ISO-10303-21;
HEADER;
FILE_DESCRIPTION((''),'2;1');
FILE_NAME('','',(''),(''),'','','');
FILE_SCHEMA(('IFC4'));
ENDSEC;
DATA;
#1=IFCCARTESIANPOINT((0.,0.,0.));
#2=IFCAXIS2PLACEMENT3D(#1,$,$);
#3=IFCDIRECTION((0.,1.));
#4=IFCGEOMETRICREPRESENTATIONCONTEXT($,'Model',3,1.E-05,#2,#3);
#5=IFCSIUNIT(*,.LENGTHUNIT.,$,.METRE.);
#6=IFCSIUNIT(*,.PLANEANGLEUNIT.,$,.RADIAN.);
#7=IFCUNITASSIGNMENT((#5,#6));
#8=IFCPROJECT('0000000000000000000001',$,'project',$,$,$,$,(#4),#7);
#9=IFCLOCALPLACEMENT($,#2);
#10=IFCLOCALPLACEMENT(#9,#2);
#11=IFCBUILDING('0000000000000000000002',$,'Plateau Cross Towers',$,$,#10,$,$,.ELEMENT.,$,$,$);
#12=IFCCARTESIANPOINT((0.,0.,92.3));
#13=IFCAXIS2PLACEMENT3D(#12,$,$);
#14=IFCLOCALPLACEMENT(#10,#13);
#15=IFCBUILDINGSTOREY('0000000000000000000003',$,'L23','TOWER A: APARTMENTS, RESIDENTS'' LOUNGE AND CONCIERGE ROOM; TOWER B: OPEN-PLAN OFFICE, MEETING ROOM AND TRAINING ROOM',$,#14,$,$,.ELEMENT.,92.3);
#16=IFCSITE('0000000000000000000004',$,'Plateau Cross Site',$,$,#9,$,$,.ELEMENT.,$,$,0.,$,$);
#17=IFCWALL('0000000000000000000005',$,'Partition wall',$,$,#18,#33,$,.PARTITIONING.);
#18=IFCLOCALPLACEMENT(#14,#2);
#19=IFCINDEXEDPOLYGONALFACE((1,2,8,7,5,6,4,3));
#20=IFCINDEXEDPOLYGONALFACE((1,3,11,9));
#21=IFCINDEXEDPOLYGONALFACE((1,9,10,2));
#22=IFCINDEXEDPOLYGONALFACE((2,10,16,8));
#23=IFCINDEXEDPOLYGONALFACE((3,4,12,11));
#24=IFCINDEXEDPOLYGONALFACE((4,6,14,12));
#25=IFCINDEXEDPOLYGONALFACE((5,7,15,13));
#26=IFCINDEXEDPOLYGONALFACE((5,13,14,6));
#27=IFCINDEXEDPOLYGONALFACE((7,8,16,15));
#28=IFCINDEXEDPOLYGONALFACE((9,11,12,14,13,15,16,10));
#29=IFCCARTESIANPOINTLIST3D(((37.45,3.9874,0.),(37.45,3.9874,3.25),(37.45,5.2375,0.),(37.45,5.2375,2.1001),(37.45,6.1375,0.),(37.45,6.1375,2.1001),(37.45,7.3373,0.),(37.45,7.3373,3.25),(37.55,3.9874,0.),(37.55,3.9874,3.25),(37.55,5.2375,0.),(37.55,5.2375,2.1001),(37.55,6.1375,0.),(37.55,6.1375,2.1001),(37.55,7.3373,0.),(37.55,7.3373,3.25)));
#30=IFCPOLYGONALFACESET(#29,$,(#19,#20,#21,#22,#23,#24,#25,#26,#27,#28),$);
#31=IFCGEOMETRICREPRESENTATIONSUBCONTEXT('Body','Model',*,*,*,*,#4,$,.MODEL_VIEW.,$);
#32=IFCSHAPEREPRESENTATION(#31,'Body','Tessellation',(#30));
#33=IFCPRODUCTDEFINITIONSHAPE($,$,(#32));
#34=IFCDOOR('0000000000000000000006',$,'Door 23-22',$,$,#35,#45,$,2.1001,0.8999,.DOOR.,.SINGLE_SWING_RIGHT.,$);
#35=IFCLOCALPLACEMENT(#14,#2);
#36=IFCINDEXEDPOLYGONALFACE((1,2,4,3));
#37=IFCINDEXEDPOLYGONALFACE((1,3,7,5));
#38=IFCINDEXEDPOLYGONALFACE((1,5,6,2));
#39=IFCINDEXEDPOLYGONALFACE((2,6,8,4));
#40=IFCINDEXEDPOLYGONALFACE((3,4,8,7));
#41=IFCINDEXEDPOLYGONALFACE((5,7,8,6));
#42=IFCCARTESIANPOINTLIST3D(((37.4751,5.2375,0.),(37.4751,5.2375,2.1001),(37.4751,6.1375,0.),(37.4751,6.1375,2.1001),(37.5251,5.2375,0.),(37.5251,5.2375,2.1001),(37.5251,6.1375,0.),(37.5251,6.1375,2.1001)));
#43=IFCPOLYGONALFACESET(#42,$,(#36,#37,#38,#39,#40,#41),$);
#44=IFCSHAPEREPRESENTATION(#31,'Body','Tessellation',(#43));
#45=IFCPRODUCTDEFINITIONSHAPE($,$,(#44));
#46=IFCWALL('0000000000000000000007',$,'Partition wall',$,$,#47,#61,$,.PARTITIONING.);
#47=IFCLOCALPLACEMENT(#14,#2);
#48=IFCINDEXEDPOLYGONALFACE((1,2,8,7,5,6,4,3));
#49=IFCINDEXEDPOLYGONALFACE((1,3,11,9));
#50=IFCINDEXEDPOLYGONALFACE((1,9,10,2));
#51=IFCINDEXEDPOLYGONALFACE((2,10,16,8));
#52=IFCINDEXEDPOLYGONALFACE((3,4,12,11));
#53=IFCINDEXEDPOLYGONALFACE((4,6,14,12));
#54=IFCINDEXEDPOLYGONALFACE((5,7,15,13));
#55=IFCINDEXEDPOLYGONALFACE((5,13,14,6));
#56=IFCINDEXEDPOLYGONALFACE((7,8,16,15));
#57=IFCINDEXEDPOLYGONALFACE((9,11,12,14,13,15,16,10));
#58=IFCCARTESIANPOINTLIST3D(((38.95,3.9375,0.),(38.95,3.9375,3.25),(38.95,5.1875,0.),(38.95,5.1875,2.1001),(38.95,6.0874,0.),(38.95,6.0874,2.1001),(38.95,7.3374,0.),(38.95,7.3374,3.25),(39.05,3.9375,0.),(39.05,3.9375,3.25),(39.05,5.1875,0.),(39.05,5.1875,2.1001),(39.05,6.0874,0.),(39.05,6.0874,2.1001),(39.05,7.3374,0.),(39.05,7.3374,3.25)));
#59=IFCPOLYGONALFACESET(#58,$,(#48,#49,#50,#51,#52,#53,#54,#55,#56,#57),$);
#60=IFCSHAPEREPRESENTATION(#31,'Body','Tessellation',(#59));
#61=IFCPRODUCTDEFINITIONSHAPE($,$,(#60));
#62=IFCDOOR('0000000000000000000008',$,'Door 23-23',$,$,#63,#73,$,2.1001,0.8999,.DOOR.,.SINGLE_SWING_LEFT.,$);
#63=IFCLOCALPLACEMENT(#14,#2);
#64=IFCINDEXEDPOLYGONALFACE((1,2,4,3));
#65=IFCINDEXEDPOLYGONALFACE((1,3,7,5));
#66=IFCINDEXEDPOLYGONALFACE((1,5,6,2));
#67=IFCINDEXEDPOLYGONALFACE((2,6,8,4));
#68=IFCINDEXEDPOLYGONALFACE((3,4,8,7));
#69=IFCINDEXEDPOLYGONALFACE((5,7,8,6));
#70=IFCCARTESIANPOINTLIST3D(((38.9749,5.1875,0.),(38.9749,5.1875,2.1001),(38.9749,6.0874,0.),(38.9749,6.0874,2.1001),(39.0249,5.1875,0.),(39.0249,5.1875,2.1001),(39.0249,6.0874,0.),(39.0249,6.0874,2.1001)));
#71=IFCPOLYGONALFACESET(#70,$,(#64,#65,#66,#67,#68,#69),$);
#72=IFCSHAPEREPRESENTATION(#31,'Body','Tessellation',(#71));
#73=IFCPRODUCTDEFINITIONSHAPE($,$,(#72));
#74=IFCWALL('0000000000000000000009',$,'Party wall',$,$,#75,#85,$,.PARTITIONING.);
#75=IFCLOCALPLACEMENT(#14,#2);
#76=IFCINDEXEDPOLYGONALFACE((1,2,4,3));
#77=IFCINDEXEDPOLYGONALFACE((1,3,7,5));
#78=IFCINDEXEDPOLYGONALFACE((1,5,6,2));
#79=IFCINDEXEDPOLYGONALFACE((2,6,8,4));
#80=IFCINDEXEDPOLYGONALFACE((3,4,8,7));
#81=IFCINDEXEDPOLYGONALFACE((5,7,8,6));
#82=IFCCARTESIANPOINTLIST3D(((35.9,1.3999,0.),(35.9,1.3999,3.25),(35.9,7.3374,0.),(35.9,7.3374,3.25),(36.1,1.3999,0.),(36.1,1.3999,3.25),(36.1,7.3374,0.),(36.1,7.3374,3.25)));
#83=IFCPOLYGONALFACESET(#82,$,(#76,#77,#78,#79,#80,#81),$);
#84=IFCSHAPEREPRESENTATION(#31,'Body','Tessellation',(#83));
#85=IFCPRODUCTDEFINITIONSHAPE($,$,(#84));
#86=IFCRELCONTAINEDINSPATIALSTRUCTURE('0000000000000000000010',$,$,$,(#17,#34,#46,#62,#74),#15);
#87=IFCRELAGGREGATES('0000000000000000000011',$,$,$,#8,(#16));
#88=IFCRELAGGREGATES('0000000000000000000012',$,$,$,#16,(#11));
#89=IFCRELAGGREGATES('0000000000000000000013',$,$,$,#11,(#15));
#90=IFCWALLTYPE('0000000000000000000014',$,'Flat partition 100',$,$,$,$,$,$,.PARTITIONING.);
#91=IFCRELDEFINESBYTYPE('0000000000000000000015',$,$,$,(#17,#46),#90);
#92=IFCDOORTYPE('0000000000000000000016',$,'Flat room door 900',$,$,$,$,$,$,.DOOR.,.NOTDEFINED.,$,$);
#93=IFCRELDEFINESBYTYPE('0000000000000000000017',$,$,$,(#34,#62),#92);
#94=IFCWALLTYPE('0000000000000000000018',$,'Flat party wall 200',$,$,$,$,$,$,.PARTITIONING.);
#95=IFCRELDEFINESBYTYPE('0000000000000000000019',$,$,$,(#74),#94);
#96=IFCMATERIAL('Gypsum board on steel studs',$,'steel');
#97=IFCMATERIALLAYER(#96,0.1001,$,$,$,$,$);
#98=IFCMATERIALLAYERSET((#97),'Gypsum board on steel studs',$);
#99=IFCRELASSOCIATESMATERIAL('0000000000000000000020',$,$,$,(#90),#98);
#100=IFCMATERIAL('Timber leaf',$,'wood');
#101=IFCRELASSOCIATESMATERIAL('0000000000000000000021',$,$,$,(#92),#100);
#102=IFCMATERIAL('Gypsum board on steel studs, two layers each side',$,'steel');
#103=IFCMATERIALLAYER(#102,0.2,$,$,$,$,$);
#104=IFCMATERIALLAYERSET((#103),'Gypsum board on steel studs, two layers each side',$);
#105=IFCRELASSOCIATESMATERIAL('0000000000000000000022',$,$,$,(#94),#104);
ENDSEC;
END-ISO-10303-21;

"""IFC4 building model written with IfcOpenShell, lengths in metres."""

from ifc_helpers import new_model, si_unit, direction, frame, frame_2d, origin, place, context, subcontext, project, spatial, rectangle, extrude, material, layer, layer_set, type_object, element, fill, save


model = new_model("IFC4")

# Units and contexts
model_context = context("Model", 3, precision=1e-05, world=origin(), true_north=direction((0.0, 1.0)))
body_context = subcontext(model_context, "Body", "Model", "MODEL_VIEW")
ifc_project = project(units=[si_unit("LENGTHUNIT", "METRE"), si_unit("PLANEANGLEUNIT", "RADIAN")], contexts=[model_context])

# Site, building, storey
site_placement = place(None, origin())
site = spatial("IfcSite", under=ifc_project, at=site_placement, Name="Plateau Cross Site", CompositionType="ELEMENT", RefElevation=0.0)
building_placement = place(site_placement, origin())
building = spatial("IfcBuilding", under=site, at=building_placement, Name="Plateau Cross Towers", CompositionType="ELEMENT")
storey_placement = place(building_placement, frame((0.0, 0.0, 92.3)))
storey = spatial("IfcBuildingStorey", under=building, at=storey_placement, Name="L23", Description="TOWER A: APARTMENTS, RESIDENTS' LOUNGE AND CONCIERGE ROOM; TOWER B: OPEN-PLAN OFFICE, MEETING ROOM AND TRAINING ROOM", CompositionType="ELEMENT", Elevation=92.3)

# Shared definitions
ifc_material_1 = material(Name="Gypsum board on steel studs", Category="steel")
ifc_layer_1 = layer(ifc_material_1, 0.1001)
ifc_layer_set_1 = layer_set([ifc_layer_1], Name="Gypsum board on steel studs")
wall_type_1 = type_object("IfcWallType", Name="Flat partition 100", PredefinedType="PARTITIONING", material=ifc_layer_set_1)

# Shared definitions
ifc_material_2 = material(Name="Timber leaf", Category="wood")
door_type = type_object("IfcDoorType", Name="Flat room door 900", OperationType="NOTDEFINED", PredefinedType="DOOR", material=ifc_material_2)

# Walls, openings, doors
wall_1_placement = place(storey_placement, frame((37.5, 3.9875, 0.0), z_axis=(0.0, 0.0, 1.0), x_axis=(0.0, 1.0, 0.0)))
wall_1 = element("IfcWall", 1, at=wall_1_placement, inside=storey, type_object=wall_type_1, Name="Partition wall", PredefinedType="PARTITIONING", context=body_context, shape_type="SweptSolid", body=[
    extrude(rectangle(XDim=3.3499, YDim=0.1001, at=frame_2d((1.6748, 0.0))), origin(), (0.0, 0.0, 1.0), 3.25),
])
opening_1_placement = place(wall_1_placement, frame((1.25, 0.0, 0.0)))
opening_1 = element("IfcOpeningElement", 2, at=opening_1_placement, cuts=wall_1, PredefinedType="OPENING", context=body_context, shape_type="SweptSolid", body=[
    extrude(rectangle(XDim=0.8999, YDim=2.1001, at=frame_2d((0.45, 1.05))), frame((0.0, 0.0601, 0.0), z_axis=(0.0, -1.0, 0.0), x_axis=(1.0, 0.0, 0.0)), (0.0, 0.0, 1.0), 0.1201),
])
door_1_placement = place(opening_1_placement, origin())
door_1 = element("IfcDoor", 3, at=door_1_placement, inside=storey, type_object=door_type, Name="Door 23-22", OperationType="SINGLE_SWING_RIGHT", OverallHeight=2.1001, OverallWidth=0.8999, PredefinedType="DOOR", context=body_context, shape_type="SweptSolid", body=[
    extrude(rectangle(XDim=0.8999, YDim=2.1001, at=frame_2d((0.45, 1.05))), frame((0.0, 0.0249, 0.0), z_axis=(0.0, -1.0, 0.0), x_axis=(1.0, 0.0, 0.0)), (0.0, 0.0, 1.0), 0.05),
])
fill(opening_1, door_1)
wall_2_placement = place(storey_placement, frame((39.0, 7.3374, 0.0), z_axis=(0.0, 0.0, 1.0), x_axis=(0.0, -1.0, 0.0)))
wall_2 = element("IfcWall", 4, at=wall_2_placement, inside=storey, type_object=wall_type_1, Name="Partition wall", PredefinedType="PARTITIONING", context=body_context, shape_type="SweptSolid", body=[
    extrude(rectangle(XDim=3.3999, YDim=0.1001, at=frame_2d((1.7, 0.0))), origin(), (0.0, 0.0, 1.0), 3.25),
])
opening_2_placement = place(wall_2_placement, frame((1.25, 0.0, 0.0)))
opening_2 = element("IfcOpeningElement", 5, at=opening_2_placement, cuts=wall_2, PredefinedType="OPENING", context=body_context, shape_type="SweptSolid", body=[
    extrude(rectangle(XDim=0.8999, YDim=2.1001, at=frame_2d((0.45, 1.05))), frame((0.0, 0.0601, 0.0), z_axis=(0.0, -1.0, 0.0), x_axis=(1.0, 0.0, 0.0)), (0.0, 0.0, 1.0), 0.1201),
])
door_2_placement = place(opening_2_placement, origin())
door_2 = element("IfcDoor", 6, at=door_2_placement, inside=storey, type_object=door_type, Name="Door 23-23", OperationType="SINGLE_SWING_LEFT", OverallHeight=2.1001, OverallWidth=0.8999, PredefinedType="DOOR", context=body_context, shape_type="SweptSolid", body=[
    extrude(rectangle(XDim=0.8999, YDim=2.1001, at=frame_2d((0.45, 1.05))), frame((0.0, 0.0249, 0.0), z_axis=(0.0, -1.0, 0.0), x_axis=(1.0, 0.0, 0.0)), (0.0, 0.0, 1.0), 0.05),
])
fill(opening_2, door_2)

# Wall
ifc_material_3 = material(Name="Gypsum board on steel studs, two layers each side", Category="steel")
ifc_layer_2 = layer(ifc_material_3, 0.2)
ifc_layer_set_2 = layer_set([ifc_layer_2], Name="Gypsum board on steel studs, two layers each side")
wall_type_2 = type_object("IfcWallType", Name="Flat party wall 200", PredefinedType="PARTITIONING", material=ifc_layer_set_2)
wall_3_placement = place(storey_placement, frame((36.0, 1.3999, 0.0), z_axis=(0.0, 0.0, 1.0), x_axis=(0.0, 1.0, 0.0)))
element("IfcWall", 7, at=wall_3_placement, inside=storey, type_object=wall_type_2, Name="Party wall", PredefinedType="PARTITIONING", context=body_context, shape_type="SweptSolid", body=[
    extrude(rectangle(XDim=5.9375, YDim=0.2, at=frame_2d((2.9688, 0.0))), origin(), (0.0, 0.0, 1.0), 3.25),
])

save(model, "model.ifc")
